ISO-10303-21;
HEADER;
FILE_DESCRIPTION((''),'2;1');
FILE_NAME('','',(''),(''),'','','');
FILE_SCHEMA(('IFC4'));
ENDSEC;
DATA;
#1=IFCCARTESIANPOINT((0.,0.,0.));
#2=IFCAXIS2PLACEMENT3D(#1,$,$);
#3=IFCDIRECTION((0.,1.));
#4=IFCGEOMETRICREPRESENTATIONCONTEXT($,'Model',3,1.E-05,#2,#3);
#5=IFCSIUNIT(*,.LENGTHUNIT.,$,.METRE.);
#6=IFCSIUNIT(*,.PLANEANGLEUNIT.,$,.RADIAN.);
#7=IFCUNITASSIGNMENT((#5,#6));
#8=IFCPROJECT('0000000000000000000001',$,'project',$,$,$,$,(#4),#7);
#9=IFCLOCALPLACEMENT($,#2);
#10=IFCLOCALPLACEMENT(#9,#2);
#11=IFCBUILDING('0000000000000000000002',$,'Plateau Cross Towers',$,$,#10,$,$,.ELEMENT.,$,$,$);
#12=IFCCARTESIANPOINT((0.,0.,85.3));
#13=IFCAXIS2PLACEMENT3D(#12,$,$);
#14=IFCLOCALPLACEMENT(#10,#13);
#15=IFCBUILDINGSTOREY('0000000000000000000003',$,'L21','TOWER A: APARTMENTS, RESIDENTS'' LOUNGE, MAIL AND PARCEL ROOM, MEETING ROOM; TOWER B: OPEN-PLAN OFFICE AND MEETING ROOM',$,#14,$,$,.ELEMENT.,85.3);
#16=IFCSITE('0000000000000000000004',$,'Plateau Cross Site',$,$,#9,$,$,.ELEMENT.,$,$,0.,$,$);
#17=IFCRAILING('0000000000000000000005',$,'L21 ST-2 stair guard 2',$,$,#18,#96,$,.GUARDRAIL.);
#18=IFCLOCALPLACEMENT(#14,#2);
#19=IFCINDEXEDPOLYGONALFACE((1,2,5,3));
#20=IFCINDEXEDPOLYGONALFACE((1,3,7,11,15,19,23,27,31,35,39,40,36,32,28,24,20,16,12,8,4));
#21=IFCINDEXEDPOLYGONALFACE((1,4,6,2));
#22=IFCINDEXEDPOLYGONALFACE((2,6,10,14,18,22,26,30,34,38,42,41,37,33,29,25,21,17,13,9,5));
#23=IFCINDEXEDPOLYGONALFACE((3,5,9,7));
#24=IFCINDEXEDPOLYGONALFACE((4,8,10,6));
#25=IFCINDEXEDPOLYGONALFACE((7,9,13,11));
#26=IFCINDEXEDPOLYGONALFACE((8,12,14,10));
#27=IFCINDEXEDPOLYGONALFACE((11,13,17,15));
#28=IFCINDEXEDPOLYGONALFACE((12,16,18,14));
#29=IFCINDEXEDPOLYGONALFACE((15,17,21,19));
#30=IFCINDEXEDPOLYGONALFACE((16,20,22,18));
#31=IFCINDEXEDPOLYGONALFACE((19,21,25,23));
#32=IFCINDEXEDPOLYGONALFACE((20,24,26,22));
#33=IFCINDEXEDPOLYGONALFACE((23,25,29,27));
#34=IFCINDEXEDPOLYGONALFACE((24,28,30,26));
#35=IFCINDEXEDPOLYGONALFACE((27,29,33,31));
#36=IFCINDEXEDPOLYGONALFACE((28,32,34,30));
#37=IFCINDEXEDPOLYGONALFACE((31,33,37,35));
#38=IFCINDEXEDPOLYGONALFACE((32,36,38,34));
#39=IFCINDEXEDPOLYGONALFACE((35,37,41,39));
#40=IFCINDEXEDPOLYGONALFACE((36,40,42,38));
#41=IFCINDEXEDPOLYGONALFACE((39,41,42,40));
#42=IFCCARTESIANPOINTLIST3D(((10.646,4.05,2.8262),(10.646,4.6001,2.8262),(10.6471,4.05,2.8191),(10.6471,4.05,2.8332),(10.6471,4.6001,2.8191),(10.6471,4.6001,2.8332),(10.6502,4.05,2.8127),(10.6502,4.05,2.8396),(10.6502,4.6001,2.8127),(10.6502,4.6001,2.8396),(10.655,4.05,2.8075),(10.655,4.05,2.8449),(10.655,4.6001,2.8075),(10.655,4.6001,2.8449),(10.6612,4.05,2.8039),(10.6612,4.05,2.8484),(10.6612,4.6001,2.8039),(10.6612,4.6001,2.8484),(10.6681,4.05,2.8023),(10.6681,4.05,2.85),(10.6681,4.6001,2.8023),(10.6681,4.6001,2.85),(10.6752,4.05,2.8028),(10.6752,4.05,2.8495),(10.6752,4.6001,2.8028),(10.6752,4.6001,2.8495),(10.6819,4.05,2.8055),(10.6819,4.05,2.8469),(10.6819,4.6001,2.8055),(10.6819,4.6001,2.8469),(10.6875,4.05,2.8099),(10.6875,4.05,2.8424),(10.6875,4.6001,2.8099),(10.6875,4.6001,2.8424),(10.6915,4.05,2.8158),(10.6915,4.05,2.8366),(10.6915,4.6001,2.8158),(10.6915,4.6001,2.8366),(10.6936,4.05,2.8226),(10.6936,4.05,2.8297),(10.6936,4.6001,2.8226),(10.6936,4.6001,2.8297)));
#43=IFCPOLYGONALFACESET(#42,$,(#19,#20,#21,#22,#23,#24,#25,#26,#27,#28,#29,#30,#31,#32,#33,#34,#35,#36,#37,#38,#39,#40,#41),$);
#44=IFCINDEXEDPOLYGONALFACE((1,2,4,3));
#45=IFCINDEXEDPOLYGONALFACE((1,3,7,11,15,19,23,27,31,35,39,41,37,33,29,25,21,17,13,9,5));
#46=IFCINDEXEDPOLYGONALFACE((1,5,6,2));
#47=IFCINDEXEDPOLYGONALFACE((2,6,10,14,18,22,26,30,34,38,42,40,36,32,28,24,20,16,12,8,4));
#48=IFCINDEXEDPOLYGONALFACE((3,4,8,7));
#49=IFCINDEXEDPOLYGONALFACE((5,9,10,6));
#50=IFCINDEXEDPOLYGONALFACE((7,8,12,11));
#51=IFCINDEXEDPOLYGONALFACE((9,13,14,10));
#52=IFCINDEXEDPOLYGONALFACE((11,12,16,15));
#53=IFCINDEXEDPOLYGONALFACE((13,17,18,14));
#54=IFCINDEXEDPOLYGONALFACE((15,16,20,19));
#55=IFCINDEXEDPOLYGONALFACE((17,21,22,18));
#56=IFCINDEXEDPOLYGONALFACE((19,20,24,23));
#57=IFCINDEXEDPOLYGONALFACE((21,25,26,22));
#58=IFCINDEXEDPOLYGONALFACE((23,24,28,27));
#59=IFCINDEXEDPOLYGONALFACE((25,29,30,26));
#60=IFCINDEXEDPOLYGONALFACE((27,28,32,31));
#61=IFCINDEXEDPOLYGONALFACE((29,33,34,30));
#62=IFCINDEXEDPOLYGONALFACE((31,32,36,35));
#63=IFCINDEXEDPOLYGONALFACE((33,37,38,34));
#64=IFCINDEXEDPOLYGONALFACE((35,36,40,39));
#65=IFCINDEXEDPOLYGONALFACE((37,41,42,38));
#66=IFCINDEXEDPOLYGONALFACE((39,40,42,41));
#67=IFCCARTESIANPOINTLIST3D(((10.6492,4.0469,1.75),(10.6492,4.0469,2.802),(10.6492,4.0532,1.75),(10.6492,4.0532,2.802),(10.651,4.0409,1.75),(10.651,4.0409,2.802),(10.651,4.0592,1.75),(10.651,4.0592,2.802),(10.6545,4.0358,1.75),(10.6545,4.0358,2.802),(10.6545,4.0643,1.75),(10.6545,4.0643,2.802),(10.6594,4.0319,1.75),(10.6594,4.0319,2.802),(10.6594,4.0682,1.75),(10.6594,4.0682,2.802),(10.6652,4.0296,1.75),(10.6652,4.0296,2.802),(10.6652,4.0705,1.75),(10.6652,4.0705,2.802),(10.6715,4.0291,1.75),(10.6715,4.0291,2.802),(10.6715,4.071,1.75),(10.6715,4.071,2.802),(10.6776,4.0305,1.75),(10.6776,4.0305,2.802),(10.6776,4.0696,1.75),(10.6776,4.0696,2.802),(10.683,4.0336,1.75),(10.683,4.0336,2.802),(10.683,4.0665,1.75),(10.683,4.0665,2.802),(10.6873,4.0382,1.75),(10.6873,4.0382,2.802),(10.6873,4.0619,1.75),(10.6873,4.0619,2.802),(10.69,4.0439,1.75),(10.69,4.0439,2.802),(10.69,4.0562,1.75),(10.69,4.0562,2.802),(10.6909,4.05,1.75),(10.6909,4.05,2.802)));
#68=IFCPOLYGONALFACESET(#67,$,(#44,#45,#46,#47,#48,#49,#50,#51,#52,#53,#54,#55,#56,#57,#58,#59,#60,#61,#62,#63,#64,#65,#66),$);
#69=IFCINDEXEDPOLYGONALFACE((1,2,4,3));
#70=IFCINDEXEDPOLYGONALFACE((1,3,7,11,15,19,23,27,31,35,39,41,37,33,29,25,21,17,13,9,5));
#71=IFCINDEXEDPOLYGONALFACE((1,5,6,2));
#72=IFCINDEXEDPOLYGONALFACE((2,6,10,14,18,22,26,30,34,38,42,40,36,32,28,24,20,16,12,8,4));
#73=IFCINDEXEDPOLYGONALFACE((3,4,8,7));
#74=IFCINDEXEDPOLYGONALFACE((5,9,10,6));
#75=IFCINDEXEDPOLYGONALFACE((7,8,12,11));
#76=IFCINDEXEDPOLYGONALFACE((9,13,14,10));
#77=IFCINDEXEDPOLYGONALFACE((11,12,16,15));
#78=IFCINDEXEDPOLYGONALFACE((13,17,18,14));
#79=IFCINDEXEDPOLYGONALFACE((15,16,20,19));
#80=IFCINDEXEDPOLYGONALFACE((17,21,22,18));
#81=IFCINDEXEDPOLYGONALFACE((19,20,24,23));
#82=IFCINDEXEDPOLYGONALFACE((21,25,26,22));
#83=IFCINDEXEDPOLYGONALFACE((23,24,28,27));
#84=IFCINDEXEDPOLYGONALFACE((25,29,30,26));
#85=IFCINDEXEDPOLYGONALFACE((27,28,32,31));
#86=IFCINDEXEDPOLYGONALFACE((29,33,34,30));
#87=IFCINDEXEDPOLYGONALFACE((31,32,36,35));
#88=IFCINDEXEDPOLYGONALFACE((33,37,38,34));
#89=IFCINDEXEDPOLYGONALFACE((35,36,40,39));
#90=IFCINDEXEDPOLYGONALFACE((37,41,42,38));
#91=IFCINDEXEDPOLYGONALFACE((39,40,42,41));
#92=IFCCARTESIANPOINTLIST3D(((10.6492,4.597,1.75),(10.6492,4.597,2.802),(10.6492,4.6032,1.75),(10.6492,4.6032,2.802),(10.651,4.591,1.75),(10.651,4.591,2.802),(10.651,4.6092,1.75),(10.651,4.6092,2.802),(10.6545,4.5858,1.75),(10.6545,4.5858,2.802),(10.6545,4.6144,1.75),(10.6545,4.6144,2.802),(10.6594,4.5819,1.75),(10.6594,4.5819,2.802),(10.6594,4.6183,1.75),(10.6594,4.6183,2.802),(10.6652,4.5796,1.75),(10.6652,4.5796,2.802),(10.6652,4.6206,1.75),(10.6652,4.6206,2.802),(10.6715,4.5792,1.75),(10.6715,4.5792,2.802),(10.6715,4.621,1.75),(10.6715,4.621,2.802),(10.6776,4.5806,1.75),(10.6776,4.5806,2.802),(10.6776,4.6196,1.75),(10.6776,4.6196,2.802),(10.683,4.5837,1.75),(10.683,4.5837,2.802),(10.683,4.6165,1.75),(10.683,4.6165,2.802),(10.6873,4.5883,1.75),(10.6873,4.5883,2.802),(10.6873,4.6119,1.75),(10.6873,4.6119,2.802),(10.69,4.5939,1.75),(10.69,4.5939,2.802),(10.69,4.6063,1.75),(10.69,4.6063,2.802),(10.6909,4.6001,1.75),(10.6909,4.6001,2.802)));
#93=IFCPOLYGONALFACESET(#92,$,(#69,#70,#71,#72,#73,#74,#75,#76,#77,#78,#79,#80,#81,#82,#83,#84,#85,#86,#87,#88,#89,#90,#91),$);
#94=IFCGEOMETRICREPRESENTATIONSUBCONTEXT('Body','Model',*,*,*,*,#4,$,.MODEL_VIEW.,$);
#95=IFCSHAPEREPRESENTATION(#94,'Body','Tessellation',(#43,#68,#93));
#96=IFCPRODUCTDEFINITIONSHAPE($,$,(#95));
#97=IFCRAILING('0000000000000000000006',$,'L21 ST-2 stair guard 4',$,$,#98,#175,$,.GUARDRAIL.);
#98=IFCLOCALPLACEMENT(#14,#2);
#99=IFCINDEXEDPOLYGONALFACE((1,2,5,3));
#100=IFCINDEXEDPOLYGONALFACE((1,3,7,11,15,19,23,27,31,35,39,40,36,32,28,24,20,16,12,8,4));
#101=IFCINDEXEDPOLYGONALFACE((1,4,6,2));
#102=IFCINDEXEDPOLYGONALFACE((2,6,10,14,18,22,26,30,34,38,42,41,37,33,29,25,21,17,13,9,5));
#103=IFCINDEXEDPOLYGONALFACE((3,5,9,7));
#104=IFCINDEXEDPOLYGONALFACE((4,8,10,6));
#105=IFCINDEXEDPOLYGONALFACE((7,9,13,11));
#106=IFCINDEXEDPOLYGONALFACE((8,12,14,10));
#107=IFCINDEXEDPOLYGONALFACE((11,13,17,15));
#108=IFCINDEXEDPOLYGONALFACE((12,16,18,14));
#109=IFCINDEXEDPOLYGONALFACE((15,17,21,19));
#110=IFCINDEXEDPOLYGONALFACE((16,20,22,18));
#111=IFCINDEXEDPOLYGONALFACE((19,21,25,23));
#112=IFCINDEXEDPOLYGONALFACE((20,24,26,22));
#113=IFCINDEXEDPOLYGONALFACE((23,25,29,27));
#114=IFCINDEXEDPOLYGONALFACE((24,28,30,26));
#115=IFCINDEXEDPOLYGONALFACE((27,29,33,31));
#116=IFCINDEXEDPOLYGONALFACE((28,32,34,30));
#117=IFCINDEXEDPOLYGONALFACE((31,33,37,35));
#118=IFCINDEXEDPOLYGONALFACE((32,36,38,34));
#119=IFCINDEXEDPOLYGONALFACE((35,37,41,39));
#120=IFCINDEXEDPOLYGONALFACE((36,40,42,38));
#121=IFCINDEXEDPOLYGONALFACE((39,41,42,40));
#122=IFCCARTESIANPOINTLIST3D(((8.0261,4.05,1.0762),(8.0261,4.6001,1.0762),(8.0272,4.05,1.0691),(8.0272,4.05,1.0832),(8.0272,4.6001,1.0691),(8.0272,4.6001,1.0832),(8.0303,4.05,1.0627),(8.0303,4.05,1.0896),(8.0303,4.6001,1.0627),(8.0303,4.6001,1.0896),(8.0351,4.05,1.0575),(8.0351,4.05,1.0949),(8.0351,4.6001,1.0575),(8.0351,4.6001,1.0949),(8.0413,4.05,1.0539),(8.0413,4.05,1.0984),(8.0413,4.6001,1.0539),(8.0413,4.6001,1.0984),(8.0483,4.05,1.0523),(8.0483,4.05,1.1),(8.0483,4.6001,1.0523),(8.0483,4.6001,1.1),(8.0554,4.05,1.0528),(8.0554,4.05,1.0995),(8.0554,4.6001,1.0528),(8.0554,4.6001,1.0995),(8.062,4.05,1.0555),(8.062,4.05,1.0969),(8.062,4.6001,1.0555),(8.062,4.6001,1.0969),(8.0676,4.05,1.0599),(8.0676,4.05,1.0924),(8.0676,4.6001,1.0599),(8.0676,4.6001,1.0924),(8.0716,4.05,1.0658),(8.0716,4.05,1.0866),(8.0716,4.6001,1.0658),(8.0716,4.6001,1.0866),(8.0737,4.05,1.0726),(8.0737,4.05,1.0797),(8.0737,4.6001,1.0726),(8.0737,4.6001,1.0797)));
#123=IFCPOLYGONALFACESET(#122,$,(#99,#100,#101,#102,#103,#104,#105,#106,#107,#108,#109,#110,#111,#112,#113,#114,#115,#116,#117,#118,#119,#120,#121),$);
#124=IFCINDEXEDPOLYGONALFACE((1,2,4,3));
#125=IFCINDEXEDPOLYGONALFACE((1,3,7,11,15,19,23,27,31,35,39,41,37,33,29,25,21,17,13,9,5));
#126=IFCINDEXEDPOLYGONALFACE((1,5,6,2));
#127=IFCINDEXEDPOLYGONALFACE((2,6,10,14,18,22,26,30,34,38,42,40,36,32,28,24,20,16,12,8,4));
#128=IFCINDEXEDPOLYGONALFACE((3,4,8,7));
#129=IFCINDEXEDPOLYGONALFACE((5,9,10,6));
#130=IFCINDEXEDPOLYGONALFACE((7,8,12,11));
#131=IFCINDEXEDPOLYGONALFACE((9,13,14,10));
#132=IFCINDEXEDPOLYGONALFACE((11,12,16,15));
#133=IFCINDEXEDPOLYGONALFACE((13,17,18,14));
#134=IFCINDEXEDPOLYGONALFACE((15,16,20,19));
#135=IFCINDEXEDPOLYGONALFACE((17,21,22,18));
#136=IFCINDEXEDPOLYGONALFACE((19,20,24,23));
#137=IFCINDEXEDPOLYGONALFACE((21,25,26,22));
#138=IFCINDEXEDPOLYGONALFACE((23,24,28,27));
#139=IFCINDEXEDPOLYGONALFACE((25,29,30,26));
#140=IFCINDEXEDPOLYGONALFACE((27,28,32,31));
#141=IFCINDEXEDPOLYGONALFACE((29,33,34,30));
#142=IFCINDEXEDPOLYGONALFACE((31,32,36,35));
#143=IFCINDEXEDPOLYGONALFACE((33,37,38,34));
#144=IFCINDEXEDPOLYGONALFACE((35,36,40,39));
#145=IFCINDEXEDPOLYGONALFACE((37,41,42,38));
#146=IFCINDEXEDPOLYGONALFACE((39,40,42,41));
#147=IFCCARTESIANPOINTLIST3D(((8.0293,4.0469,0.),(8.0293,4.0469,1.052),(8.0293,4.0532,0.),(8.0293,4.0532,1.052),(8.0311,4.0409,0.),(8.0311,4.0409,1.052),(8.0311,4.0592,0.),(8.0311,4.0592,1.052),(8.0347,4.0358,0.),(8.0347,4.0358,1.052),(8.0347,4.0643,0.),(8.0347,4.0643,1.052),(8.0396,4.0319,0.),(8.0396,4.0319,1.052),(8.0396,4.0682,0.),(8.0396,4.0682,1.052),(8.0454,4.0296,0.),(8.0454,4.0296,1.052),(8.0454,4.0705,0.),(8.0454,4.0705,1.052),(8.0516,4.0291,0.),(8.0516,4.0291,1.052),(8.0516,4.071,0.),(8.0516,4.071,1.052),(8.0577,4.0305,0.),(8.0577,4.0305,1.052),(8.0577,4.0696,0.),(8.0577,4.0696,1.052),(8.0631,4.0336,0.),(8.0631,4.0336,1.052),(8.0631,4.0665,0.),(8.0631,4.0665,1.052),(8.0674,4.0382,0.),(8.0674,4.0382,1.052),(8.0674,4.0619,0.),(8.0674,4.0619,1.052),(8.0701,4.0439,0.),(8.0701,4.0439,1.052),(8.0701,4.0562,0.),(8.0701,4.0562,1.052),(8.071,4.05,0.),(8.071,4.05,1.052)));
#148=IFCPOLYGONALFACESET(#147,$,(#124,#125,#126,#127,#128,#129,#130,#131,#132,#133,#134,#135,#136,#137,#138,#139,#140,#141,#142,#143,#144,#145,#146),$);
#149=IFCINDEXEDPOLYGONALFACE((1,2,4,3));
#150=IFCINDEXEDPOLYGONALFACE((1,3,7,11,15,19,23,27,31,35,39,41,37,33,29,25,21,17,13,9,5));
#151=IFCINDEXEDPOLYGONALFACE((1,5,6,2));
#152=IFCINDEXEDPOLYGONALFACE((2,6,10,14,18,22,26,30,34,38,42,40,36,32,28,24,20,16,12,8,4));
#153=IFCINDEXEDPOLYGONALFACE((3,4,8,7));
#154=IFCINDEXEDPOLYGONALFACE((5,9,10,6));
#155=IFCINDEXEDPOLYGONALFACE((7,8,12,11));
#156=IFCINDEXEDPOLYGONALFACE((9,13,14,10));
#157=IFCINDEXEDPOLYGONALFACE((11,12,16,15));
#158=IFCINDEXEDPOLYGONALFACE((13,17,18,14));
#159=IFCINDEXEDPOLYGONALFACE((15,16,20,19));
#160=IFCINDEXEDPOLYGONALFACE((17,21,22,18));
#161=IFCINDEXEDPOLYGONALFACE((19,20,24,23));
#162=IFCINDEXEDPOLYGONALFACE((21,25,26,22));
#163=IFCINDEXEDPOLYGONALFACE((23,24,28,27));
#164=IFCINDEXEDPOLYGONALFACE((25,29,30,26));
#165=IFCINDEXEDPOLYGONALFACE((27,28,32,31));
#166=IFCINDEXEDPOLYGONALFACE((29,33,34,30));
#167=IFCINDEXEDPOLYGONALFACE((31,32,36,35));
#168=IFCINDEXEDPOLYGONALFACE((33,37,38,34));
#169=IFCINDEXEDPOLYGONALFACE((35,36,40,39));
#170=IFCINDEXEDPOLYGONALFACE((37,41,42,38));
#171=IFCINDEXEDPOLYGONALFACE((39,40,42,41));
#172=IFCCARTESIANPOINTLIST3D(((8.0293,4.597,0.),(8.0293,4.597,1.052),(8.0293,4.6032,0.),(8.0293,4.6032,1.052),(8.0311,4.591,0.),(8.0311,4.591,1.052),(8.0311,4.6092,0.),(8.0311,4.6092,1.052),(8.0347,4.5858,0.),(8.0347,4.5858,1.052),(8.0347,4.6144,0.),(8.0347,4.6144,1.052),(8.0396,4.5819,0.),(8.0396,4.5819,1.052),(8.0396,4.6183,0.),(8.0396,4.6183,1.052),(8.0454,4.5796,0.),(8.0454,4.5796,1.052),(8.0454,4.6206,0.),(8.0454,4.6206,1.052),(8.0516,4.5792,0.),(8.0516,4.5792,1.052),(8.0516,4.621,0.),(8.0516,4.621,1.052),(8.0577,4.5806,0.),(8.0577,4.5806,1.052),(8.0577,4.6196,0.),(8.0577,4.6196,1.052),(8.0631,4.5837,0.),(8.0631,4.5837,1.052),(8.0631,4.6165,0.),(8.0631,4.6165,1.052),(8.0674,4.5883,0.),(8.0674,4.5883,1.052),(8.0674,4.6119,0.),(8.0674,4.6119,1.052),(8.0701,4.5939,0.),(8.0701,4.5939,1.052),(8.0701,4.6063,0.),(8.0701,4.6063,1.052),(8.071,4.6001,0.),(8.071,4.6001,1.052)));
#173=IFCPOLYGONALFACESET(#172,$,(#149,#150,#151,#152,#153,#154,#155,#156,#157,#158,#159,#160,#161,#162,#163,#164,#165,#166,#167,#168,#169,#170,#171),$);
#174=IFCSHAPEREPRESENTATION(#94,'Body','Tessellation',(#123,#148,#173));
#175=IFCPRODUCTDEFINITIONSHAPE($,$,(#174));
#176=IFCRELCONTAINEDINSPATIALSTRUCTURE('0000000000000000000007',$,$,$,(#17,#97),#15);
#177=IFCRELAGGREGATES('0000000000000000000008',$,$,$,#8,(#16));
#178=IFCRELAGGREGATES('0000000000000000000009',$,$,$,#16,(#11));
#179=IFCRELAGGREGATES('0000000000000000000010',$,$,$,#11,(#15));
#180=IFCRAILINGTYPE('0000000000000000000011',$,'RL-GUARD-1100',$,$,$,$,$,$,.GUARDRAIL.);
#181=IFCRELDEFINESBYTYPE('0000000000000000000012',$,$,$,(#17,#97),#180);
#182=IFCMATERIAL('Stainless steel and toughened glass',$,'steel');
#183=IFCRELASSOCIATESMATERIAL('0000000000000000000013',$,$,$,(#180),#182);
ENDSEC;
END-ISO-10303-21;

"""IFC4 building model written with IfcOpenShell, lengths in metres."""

from ifc_helpers import new_model, si_unit, direction, frame, origin, origin_2d, place, context, subcontext, project, spatial, circle, extrude, material, type_object, element, save


model = new_model("IFC4")

# Units and contexts
model_context = context("Model", 3, precision=1e-05, world=origin(), true_north=direction((0.0, 1.0)))
body_context = subcontext(model_context, "Body", "Model", "MODEL_VIEW")
ifc_project = project(units=[si_unit("LENGTHUNIT", "METRE"), si_unit("PLANEANGLEUNIT", "RADIAN")], contexts=[model_context])

# Site, building, storey
site_placement = place(None, origin())
site = spatial("IfcSite", under=ifc_project, at=site_placement, Name="Plateau Cross Site", CompositionType="ELEMENT", RefElevation=0.0)
building_placement = place(site_placement, origin())
building = spatial("IfcBuilding", under=site, at=building_placement, Name="Plateau Cross Towers", CompositionType="ELEMENT")
storey_placement = place(building_placement, frame((0.0, 0.0, 85.3)))
storey = spatial("IfcBuildingStorey", under=building, at=storey_placement, Name="L21", Description="TOWER A: APARTMENTS, RESIDENTS' LOUNGE, MAIL AND PARCEL ROOM, MEETING ROOM; TOWER B: OPEN-PLAN OFFICE AND MEETING ROOM", CompositionType="ELEMENT", Elevation=85.3)

# Railings
ifc_material_1 = material(Name="Stainless steel and toughened glass", Category="steel")
railing_type_1 = type_object("IfcRailingType", Name="RL-GUARD-1100", PredefinedType="GUARDRAIL", material=ifc_material_1)
for number, where, name in (
    (1, (10.6699, 4.05, 1.75), "L21 ST-2 stair guard 2"),
    (2, (8.05, 4.05, 0.0), "L21 ST-2 stair guard 4"),
):
    element("IfcRailing", number, at=place(storey_placement, frame(where)), inside=storey, type_object=railing_type_1, Name=name, PredefinedType="GUARDRAIL", context=body_context, shape_type="SweptSolid", body=[
        extrude(circle(Radius=0.0239, at=origin_2d()), frame((0.0, 0.0, 1.0762), z_axis=(0.0, 1.0, 0.0), x_axis=(-1.0, 0.0, 0.0)), (0.0, 0.0, 1.0), 0.55),
        extrude(circle(Radius=0.021, at=origin_2d()), origin(), (0.0, 0.0, 1.0), 1.052),
        extrude(circle(Radius=0.021, at=origin_2d()), frame((0.0, 0.55, 0.0)), (0.0, 0.0, 1.0), 1.052),
    ])

save(model, "model.ifc")
